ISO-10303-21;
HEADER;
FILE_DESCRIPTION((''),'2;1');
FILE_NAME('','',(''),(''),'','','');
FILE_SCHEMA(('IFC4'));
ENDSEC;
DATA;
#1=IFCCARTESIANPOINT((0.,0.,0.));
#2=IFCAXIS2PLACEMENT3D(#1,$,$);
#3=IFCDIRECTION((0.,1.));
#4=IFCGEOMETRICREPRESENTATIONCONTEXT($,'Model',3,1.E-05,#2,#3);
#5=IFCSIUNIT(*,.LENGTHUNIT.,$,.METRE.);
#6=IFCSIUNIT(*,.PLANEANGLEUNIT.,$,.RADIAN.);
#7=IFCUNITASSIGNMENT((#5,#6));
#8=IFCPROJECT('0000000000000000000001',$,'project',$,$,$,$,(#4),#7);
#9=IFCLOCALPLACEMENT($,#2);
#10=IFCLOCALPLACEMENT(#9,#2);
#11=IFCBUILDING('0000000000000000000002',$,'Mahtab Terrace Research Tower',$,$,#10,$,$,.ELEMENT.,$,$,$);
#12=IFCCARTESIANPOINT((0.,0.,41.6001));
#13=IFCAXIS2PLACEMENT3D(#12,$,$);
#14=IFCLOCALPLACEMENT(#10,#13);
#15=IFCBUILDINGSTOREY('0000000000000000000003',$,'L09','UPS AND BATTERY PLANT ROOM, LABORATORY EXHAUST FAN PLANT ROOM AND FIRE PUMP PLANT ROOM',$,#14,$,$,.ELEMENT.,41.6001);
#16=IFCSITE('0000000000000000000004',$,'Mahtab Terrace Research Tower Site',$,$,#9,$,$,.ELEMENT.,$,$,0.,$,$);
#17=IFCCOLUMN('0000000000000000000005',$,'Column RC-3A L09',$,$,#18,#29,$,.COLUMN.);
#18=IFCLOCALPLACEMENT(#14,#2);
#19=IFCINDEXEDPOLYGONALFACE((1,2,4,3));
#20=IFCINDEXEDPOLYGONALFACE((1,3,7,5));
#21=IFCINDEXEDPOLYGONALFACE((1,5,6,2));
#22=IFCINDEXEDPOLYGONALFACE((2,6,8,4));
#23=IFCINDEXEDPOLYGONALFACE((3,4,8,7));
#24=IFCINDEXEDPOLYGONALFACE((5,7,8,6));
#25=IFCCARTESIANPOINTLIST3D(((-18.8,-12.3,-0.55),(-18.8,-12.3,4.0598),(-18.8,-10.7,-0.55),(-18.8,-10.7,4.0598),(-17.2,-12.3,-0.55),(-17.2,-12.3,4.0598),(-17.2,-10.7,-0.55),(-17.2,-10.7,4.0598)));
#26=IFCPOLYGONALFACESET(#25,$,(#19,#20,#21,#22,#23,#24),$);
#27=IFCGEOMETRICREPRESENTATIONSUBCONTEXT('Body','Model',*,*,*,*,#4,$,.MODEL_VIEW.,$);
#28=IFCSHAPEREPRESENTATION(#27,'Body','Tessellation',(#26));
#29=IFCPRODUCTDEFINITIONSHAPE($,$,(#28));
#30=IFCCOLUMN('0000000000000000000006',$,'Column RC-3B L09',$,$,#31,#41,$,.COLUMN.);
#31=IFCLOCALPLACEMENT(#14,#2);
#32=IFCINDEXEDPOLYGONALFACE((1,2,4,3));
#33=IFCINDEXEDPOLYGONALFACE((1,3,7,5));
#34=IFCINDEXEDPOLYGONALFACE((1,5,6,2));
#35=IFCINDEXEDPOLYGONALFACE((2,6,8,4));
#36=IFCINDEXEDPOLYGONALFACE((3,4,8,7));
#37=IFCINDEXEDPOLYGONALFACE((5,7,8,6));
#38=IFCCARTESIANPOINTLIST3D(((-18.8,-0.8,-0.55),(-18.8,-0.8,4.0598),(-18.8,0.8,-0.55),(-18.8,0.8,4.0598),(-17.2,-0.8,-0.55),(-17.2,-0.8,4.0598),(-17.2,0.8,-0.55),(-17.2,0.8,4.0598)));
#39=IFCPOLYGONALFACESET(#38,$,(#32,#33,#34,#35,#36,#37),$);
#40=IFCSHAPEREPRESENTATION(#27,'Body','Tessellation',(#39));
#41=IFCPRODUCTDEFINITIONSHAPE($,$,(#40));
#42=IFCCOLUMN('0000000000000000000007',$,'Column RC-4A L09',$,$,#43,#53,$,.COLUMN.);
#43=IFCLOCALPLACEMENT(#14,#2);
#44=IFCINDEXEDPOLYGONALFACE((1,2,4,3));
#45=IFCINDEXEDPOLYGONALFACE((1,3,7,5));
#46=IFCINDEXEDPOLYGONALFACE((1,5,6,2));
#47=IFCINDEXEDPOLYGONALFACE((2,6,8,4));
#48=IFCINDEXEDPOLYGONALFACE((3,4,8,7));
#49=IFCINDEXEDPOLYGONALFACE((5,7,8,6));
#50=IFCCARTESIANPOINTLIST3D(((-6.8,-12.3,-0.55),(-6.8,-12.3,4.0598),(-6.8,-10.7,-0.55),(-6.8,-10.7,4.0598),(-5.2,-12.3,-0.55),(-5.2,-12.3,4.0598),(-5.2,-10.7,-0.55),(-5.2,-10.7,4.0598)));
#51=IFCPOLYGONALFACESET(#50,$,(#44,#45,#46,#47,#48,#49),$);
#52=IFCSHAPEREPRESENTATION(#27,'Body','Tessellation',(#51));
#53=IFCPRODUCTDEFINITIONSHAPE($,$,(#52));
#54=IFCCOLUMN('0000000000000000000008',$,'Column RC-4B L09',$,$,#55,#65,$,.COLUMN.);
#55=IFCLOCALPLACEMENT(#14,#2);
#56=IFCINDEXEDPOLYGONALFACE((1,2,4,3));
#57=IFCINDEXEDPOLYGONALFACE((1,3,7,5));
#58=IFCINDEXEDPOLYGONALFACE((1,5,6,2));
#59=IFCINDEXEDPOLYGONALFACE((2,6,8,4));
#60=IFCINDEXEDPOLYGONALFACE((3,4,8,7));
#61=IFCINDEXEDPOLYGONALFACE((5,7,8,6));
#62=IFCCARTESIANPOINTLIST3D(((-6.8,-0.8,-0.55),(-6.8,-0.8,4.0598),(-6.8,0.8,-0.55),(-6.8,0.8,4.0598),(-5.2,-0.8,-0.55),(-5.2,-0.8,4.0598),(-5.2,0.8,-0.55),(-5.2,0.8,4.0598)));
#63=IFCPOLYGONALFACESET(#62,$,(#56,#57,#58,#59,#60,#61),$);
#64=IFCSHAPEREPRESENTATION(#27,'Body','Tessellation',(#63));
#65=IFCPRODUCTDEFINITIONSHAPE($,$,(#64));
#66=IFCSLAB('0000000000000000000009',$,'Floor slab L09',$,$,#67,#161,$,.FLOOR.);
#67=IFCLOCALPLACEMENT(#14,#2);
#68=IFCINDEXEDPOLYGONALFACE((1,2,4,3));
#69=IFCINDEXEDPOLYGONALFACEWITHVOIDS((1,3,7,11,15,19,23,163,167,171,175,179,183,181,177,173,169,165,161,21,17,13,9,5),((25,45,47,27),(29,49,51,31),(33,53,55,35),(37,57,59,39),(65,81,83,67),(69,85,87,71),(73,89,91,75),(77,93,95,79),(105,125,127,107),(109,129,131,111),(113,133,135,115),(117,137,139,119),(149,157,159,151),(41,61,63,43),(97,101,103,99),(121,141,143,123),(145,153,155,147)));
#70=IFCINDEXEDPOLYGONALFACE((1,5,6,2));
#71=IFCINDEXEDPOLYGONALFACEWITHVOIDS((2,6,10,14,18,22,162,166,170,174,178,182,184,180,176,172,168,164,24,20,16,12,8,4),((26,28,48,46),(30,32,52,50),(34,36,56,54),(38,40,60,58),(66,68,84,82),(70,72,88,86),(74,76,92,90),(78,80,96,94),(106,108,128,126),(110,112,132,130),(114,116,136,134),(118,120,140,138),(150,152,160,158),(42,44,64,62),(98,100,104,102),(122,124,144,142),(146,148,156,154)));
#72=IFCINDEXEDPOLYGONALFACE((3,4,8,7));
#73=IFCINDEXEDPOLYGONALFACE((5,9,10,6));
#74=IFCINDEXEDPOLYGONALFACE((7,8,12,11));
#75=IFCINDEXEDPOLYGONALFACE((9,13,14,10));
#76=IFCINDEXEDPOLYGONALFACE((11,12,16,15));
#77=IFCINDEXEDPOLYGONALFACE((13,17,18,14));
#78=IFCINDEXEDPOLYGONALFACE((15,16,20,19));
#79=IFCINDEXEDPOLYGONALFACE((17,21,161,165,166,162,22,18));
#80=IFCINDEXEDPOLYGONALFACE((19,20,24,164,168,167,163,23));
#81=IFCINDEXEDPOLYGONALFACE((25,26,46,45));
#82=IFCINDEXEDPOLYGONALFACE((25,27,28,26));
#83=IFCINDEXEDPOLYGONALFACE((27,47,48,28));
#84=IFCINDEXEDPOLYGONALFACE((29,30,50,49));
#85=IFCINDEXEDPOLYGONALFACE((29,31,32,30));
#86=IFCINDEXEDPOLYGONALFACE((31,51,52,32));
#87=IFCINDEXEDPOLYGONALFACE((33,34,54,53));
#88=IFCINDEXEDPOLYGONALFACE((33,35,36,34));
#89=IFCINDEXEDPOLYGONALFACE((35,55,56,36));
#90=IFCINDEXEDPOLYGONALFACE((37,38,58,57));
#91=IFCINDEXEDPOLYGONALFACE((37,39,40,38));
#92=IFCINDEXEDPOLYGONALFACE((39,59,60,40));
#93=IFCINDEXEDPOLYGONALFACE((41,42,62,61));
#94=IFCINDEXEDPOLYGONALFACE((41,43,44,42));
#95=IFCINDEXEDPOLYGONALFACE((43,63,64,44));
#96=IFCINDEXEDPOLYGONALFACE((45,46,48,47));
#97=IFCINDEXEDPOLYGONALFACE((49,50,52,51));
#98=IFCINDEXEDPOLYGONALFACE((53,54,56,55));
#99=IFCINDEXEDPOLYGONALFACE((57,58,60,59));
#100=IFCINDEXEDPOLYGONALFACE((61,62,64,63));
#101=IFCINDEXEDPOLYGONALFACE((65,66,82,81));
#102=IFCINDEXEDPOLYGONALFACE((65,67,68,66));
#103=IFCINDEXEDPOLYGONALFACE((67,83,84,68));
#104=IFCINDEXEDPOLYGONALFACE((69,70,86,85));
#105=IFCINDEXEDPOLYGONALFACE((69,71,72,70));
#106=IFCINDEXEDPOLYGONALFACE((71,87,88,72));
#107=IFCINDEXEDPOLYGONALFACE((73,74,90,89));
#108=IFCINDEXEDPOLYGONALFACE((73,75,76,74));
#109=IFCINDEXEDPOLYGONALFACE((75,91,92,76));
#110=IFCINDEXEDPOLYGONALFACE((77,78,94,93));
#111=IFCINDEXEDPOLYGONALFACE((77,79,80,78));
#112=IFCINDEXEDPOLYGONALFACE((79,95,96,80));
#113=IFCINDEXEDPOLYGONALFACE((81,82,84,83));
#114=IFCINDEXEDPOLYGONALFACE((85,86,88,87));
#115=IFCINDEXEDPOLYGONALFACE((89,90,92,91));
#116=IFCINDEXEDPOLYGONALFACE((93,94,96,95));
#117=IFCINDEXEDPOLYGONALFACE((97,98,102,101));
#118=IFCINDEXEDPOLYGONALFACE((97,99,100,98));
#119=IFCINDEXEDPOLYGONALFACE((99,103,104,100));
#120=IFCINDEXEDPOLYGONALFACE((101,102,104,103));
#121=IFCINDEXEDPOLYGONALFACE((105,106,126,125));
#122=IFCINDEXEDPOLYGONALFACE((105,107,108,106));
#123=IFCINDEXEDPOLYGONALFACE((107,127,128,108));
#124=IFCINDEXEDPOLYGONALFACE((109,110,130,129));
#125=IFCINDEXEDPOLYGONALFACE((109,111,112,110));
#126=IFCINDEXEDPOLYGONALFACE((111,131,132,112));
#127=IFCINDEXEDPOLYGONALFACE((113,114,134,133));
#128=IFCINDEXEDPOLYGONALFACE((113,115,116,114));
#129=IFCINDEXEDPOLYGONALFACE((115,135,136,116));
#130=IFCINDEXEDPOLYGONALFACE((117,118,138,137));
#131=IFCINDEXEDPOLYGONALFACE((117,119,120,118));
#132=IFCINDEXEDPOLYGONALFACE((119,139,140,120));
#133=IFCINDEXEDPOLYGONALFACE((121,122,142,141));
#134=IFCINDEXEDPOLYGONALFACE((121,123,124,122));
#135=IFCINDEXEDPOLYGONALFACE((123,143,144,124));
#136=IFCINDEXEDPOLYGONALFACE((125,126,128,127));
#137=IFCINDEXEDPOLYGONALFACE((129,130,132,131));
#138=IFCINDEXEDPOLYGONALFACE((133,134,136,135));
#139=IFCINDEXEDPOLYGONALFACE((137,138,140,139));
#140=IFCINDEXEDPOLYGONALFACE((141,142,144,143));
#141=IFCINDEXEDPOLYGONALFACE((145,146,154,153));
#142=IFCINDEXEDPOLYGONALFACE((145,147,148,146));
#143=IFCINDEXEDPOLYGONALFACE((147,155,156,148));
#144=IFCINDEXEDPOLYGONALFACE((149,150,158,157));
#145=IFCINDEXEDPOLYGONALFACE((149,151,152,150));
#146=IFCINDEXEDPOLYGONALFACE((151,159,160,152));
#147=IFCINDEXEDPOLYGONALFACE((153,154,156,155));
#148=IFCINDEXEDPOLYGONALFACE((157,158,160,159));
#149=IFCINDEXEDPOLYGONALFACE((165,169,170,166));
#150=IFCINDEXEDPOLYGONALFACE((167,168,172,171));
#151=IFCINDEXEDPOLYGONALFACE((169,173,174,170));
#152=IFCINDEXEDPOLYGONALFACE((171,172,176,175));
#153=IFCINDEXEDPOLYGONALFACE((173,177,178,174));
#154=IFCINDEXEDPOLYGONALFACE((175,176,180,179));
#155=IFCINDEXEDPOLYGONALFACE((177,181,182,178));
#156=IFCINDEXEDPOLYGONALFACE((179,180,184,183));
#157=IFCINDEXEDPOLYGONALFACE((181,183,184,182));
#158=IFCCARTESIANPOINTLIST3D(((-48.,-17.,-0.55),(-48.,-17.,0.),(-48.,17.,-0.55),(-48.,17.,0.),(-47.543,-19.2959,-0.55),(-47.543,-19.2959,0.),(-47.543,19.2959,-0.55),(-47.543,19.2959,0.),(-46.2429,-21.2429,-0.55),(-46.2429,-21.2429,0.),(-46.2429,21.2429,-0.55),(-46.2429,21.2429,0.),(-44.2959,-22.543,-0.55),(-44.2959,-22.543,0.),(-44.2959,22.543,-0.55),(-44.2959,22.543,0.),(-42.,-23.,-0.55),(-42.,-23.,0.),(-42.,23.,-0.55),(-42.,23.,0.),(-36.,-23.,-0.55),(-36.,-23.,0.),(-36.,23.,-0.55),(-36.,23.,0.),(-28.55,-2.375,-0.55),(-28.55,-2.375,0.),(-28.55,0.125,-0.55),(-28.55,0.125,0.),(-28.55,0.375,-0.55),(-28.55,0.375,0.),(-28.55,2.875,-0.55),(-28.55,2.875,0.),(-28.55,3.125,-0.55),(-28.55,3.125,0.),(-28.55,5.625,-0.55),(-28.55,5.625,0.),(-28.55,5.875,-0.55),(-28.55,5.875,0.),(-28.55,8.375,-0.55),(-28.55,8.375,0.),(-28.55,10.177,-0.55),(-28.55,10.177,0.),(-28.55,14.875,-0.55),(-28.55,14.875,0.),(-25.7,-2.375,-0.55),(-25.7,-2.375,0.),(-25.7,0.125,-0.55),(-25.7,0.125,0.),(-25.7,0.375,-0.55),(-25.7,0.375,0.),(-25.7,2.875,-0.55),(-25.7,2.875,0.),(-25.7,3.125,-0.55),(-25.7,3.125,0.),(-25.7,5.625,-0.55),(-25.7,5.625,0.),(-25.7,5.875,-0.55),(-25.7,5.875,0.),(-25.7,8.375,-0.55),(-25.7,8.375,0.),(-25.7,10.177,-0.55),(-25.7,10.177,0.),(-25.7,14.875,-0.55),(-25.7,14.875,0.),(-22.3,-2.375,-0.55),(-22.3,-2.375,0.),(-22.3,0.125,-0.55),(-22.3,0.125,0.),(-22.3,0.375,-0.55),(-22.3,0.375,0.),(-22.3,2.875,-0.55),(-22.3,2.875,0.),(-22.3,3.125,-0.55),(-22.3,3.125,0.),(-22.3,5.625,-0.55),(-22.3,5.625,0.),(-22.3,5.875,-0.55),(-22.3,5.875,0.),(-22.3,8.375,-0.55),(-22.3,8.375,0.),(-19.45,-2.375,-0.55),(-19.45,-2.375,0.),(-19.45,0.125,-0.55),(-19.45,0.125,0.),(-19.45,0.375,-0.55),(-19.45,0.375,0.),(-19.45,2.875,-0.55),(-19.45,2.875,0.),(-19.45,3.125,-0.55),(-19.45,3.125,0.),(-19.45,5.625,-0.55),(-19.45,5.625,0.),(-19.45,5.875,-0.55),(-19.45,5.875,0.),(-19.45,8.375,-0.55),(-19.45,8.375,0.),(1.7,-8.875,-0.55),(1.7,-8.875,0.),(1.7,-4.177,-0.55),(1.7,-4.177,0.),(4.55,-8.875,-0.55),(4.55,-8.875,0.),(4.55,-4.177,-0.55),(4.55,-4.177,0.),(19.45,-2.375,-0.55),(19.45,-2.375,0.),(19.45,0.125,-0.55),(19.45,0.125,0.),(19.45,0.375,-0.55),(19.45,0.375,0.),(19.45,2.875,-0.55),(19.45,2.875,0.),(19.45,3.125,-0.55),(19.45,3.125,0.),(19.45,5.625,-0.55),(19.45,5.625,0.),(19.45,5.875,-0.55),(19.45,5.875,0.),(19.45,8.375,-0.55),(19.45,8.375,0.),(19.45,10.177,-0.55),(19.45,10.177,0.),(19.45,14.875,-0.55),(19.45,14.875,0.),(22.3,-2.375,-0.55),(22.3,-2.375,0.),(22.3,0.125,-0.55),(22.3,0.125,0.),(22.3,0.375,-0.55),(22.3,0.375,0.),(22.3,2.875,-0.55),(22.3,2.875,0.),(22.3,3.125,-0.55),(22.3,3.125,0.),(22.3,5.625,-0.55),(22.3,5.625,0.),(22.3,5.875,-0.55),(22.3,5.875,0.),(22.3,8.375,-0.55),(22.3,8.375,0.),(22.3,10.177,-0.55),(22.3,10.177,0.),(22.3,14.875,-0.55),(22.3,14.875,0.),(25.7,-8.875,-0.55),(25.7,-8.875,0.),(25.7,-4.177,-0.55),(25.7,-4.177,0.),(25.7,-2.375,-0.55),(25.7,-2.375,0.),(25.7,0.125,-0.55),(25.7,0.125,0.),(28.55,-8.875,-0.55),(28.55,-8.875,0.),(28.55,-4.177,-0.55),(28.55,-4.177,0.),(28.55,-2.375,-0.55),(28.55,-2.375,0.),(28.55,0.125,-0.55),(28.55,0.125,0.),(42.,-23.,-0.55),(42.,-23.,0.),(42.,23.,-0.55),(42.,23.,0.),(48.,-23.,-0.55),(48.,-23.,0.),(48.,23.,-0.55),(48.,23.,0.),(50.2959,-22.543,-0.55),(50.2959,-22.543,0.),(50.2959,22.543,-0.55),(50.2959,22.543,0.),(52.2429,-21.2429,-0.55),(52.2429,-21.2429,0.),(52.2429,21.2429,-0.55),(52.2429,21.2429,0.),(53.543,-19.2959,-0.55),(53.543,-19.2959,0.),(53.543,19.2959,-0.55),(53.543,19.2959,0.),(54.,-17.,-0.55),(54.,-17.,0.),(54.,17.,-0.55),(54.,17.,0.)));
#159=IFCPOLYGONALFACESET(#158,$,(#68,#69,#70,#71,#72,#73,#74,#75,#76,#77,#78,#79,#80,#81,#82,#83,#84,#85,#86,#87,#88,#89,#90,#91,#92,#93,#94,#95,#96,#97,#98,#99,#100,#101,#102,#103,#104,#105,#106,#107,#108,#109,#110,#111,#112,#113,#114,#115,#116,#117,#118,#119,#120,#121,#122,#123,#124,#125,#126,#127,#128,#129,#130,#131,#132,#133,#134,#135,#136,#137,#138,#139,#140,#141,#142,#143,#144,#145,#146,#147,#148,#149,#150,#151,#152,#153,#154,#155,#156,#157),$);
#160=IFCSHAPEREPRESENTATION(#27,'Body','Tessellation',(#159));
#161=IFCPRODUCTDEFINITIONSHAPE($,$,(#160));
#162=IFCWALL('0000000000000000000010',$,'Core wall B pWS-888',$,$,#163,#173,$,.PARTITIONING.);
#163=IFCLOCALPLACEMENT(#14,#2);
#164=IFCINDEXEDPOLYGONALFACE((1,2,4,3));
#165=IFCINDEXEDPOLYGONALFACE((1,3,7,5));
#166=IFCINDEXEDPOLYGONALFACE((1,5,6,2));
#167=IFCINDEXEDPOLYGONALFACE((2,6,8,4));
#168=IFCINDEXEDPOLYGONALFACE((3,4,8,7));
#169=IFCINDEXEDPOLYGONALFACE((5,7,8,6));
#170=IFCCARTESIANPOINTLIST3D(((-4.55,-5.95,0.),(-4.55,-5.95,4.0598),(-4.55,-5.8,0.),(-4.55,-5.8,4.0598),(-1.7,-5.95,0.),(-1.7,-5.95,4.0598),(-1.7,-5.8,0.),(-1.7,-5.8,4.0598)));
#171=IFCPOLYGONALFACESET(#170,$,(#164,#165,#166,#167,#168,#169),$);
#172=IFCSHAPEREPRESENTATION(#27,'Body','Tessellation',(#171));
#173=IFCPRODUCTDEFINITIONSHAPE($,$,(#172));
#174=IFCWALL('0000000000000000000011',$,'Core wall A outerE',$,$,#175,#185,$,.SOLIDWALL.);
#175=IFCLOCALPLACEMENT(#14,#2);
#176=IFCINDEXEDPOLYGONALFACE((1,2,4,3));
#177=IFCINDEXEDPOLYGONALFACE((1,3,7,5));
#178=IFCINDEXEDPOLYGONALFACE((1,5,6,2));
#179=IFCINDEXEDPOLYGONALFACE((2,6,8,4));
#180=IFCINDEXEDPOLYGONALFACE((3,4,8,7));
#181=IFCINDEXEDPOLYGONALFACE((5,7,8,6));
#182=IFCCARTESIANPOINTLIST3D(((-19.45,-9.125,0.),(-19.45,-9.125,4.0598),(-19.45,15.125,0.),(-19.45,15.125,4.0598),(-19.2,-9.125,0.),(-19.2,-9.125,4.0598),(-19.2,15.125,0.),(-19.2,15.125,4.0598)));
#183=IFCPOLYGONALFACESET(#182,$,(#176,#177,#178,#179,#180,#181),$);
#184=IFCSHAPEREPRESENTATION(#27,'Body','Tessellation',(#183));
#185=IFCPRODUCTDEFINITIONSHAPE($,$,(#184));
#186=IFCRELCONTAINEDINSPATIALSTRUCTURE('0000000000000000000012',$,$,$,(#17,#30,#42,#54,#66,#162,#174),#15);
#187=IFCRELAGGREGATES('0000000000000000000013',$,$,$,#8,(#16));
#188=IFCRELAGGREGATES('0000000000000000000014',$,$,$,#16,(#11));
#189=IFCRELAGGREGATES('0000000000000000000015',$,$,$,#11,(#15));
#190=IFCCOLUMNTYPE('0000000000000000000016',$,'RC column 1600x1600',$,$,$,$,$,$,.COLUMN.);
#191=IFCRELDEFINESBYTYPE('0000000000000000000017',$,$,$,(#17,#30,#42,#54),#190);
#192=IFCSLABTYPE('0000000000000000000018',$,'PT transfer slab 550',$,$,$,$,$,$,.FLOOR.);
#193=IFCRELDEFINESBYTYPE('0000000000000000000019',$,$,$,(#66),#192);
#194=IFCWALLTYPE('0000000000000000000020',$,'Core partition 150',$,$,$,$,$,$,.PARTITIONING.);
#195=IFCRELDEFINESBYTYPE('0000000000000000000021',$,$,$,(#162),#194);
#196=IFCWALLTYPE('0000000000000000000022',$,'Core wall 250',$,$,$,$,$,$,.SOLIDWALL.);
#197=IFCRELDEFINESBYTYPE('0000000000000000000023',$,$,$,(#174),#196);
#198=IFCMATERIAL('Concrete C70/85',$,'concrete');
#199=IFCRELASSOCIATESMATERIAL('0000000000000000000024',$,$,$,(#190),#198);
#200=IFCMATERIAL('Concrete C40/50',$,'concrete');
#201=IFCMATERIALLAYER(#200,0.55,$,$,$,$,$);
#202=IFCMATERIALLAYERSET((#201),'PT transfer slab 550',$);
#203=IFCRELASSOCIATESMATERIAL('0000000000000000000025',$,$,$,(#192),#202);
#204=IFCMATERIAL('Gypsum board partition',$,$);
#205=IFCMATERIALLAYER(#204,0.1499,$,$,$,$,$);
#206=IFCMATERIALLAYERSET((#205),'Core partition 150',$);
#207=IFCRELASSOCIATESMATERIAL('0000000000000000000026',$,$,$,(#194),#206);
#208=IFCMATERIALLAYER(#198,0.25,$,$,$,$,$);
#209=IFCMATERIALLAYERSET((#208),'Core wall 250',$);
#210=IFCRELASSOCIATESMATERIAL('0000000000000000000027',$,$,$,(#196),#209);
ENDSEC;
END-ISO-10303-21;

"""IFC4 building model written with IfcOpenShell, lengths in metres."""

from ifc_helpers import new_model, si_unit, direction, frame, frame_2d, origin, origin_2d, place, context, subcontext, project, spatial, polyline, rectangle, outline, extrude, material, layer, layer_set, material_profile, profile_set, type_object, element, save


model = new_model("IFC4")

# Units and contexts
model_context = context("Model", 3, precision=1e-05, world=origin(), true_north=direction((0.0, 1.0)))
body_context = subcontext(model_context, "Body", "Model", "MODEL_VIEW")
ifc_project = project(units=[si_unit("LENGTHUNIT", "METRE"), si_unit("PLANEANGLEUNIT", "RADIAN")], contexts=[model_context])

# Site, building, storey
site_placement = place(None, origin())
site = spatial("IfcSite", under=ifc_project, at=site_placement, Name="Mahtab Terrace Research Tower Site", CompositionType="ELEMENT", RefElevation=0.0)
building_placement = place(site_placement, origin())
building = spatial("IfcBuilding", under=site, at=building_placement, Name="Mahtab Terrace Research Tower", CompositionType="ELEMENT")
storey_placement = place(building_placement, frame((0.0, 0.0, 41.6001)))
storey = spatial("IfcBuildingStorey", under=building, at=storey_placement, Name="L09", Description="UPS AND BATTERY PLANT ROOM, LABORATORY EXHAUST FAN PLANT ROOM AND FIRE PUMP PLANT ROOM", CompositionType="ELEMENT", Elevation=41.6001)

# Columns
ifc_material_1 = material(Name="Concrete C70/85", Category="concrete")
ifc_material_profile = material_profile(ifc_material_1, rectangle(XDim=1.6001, YDim=1.6001, at=origin_2d()), Name="RC column 1600x1600")
ifc_profile_set = profile_set([ifc_material_profile], Name="Concrete C70/85")
column_type = type_object("IfcColumnType", Name="RC column 1600x1600", PredefinedType="COLUMN", material=ifc_profile_set)
for number, where, z_axis, x_axis, name in (
    (1, (-18.0, -11.5, -0.55), (0.0, 0.0, 1.0), (1.0, 0.0, 0.0), "Column RC-3A L09"),
    (2, (-18.0, 0.0, -0.55), (0.0, 0.0, 1.0), (1.0, 0.0, 0.0), "Column RC-3B L09"),
    (3, (-6.0, -11.5, -0.55), (0.0, 0.0, 1.0), (1.0, 0.0, 0.0), "Column RC-4A L09"),
    (4, (-6.0, 0.0, -0.55), (0.0, 0.0, 1.0), (1.0, 0.0, 0.0), "Column RC-4B L09"),
):
    element("IfcColumn", number, at=place(storey_placement, frame(where, z_axis=z_axis, x_axis=x_axis)), inside=storey, type_object=column_type, Name=name, PredefinedType="COLUMN", context=body_context, shape_type="SweptSolid", body=[
        extrude(rectangle(XDim=1.6001, YDim=1.6001, at=origin_2d()), origin(), (0.0, 0.0, 1.0), 4.6099),
    ])

# Slab
ifc_material_2 = material(Name="Concrete C40/50", Category="concrete")
ifc_layer_1 = layer(ifc_material_2, 0.55)
ifc_layer_set_1 = layer_set([ifc_layer_1], Name="PT transfer slab 550")
slab_type = type_object("IfcSlabType", Name="PT transfer slab 550", PredefinedType="FLOOR", material=ifc_layer_set_1)
slab_placement = place(storey_placement, frame((0.0, 0.0, -0.55)))
element("IfcSlab", 5, at=slab_placement, inside=storey, type_object=slab_type, Name="Floor slab L09", PredefinedType="FLOOR", context=body_context, shape_type="SweptSolid", body=[
    extrude(outline(polyline([(42.0, -23.0), (48.0, -23.0), (50.2959, -22.543), (52.2429, -21.2429), (53.543, -19.2959), (54.0, -17.0), (54.0, 17.0), (53.543, 19.2959), (52.2429, 21.2429), (50.2959, 22.543), (48.0, 23.0), (42.0, 23.0), (-36.0, 23.0), (-42.0, 23.0), (-44.2959, 22.543), (-46.2429, 21.2429), (-47.543, 19.2959), (-48.0, 17.0), (-48.0, -17.0), (-47.543, -19.2959), (-46.2429, -21.2429), (-44.2959, -22.543), (-42.0, -23.0), (-36.0, -23.0), (42.0, -23.0)]), holes=[polyline([(-28.55, -2.375), (-28.55, 0.125), (-25.7, 0.125), (-25.7, -2.375), (-28.55, -2.375)]), polyline([(-22.3, -2.375), (-22.3, 0.125), (-19.45, 0.125), (-19.45, -2.375), (-22.3, -2.375)]), polyline([(-28.55, 0.375), (-28.55, 2.875), (-25.7, 2.875), (-25.7, 0.375), (-28.55, 0.375)]), polyline([(-22.3, 0.375), (-22.3, 2.875), (-19.45, 2.875), (-19.45, 0.375), (-22.3, 0.375)]), polyline([(-28.55, 3.125), (-28.55, 5.625), (-25.7, 5.625), (-25.7, 3.125), (-28.55, 3.125)]), polyline([(-22.3, 3.125), (-22.3, 5.625), (-19.45, 5.625), (-19.45, 3.125), (-22.3, 3.125)]), polyline([(-28.55, 5.875), (-28.55, 8.375), (-25.7, 8.375), (-25.7, 5.875), (-28.55, 5.875)]), polyline([(-22.3, 5.875), (-22.3, 8.375), (-19.45, 8.375), (-19.45, 5.875), (-22.3, 5.875)]), polyline([(-28.55, 10.177), (-28.55, 14.875), (-25.7, 14.875), (-25.7, 10.177), (-28.55, 10.177)]), polyline([(1.7, -8.875), (1.7, -4.177), (4.55, -4.177), (4.55, -8.875), (1.7, -8.875)]), polyline([(25.7, -8.875), (25.7, -4.177), (28.55, -4.177), (28.55, -8.875), (25.7, -8.875)]), polyline([(19.45, -2.375), (19.45, 0.125), (22.3, 0.125), (22.3, -2.375), (19.45, -2.375)]), polyline([(25.7, -2.375), (25.7, 0.125), (28.55, 0.125), (28.55, -2.375), (25.7, -2.375)]), polyline([(19.45, 0.375), (19.45, 2.875), (22.3, 2.875), (22.3, 0.375), (19.45, 0.375)]), polyline([(19.45, 3.125), (19.45, 5.625), (22.3, 5.625), (22.3, 3.125), (19.45, 3.125)]), polyline([(19.45, 8.375), (22.3, 8.375), (22.3, 5.875), (19.45, 5.875), (19.45, 8.375)]), polyline([(19.45, 14.875), (22.3, 14.875), (22.3, 10.177), (19.45, 10.177), (19.45, 14.875)])]), origin(), (0.0, 0.0, 1.0), 0.55),
])

# Walls
ifc_material_3 = material(Name="Gypsum board partition")
ifc_layer_2 = layer(ifc_material_3, 0.1499)
ifc_layer_set_2 = layer_set([ifc_layer_2], Name="Core partition 150")
wall_type_1 = type_object("IfcWallType", Name="Core partition 150", PredefinedType="PARTITIONING", material=ifc_layer_set_2)
wall_1_placement = place(storey_placement, frame((-4.55, -5.875, 0.0), z_axis=(0.0, 0.0, 1.0), x_axis=(1.0, 0.0, 0.0)))
element("IfcWall", 6, at=wall_1_placement, inside=storey, type_object=wall_type_1, Name="Core wall B pWS-888", PredefinedType="PARTITIONING", context=body_context, shape_type="SweptSolid", body=[
    extrude(rectangle(XDim=2.8501, YDim=0.1499, at=frame_2d((1.425, 0.0))), origin(), (0.0, 0.0, 1.0), 4.0598),
])
ifc_layer_3 = layer(ifc_material_1, 0.25)
ifc_layer_set_3 = layer_set([ifc_layer_3], Name="Core wall 250")
wall_type_2 = type_object("IfcWallType", Name="Core wall 250", PredefinedType="SOLIDWALL", material=ifc_layer_set_3)
wall_2_placement = place(storey_placement, frame((-19.325, -9.125, 0.0), z_axis=(0.0, 0.0, 1.0), x_axis=(0.0, 1.0, 0.0)))
element("IfcWall", 7, at=wall_2_placement, inside=storey, type_object=wall_type_2, Name="Core wall A outerE", PredefinedType="SOLIDWALL", context=body_context, shape_type="SweptSolid", body=[
    extrude(rectangle(XDim=24.25, YDim=0.25, at=frame_2d((12.125, 0.0))), origin(), (0.0, 0.0, 1.0), 4.0598),
])

save(model, "model.ifc")
